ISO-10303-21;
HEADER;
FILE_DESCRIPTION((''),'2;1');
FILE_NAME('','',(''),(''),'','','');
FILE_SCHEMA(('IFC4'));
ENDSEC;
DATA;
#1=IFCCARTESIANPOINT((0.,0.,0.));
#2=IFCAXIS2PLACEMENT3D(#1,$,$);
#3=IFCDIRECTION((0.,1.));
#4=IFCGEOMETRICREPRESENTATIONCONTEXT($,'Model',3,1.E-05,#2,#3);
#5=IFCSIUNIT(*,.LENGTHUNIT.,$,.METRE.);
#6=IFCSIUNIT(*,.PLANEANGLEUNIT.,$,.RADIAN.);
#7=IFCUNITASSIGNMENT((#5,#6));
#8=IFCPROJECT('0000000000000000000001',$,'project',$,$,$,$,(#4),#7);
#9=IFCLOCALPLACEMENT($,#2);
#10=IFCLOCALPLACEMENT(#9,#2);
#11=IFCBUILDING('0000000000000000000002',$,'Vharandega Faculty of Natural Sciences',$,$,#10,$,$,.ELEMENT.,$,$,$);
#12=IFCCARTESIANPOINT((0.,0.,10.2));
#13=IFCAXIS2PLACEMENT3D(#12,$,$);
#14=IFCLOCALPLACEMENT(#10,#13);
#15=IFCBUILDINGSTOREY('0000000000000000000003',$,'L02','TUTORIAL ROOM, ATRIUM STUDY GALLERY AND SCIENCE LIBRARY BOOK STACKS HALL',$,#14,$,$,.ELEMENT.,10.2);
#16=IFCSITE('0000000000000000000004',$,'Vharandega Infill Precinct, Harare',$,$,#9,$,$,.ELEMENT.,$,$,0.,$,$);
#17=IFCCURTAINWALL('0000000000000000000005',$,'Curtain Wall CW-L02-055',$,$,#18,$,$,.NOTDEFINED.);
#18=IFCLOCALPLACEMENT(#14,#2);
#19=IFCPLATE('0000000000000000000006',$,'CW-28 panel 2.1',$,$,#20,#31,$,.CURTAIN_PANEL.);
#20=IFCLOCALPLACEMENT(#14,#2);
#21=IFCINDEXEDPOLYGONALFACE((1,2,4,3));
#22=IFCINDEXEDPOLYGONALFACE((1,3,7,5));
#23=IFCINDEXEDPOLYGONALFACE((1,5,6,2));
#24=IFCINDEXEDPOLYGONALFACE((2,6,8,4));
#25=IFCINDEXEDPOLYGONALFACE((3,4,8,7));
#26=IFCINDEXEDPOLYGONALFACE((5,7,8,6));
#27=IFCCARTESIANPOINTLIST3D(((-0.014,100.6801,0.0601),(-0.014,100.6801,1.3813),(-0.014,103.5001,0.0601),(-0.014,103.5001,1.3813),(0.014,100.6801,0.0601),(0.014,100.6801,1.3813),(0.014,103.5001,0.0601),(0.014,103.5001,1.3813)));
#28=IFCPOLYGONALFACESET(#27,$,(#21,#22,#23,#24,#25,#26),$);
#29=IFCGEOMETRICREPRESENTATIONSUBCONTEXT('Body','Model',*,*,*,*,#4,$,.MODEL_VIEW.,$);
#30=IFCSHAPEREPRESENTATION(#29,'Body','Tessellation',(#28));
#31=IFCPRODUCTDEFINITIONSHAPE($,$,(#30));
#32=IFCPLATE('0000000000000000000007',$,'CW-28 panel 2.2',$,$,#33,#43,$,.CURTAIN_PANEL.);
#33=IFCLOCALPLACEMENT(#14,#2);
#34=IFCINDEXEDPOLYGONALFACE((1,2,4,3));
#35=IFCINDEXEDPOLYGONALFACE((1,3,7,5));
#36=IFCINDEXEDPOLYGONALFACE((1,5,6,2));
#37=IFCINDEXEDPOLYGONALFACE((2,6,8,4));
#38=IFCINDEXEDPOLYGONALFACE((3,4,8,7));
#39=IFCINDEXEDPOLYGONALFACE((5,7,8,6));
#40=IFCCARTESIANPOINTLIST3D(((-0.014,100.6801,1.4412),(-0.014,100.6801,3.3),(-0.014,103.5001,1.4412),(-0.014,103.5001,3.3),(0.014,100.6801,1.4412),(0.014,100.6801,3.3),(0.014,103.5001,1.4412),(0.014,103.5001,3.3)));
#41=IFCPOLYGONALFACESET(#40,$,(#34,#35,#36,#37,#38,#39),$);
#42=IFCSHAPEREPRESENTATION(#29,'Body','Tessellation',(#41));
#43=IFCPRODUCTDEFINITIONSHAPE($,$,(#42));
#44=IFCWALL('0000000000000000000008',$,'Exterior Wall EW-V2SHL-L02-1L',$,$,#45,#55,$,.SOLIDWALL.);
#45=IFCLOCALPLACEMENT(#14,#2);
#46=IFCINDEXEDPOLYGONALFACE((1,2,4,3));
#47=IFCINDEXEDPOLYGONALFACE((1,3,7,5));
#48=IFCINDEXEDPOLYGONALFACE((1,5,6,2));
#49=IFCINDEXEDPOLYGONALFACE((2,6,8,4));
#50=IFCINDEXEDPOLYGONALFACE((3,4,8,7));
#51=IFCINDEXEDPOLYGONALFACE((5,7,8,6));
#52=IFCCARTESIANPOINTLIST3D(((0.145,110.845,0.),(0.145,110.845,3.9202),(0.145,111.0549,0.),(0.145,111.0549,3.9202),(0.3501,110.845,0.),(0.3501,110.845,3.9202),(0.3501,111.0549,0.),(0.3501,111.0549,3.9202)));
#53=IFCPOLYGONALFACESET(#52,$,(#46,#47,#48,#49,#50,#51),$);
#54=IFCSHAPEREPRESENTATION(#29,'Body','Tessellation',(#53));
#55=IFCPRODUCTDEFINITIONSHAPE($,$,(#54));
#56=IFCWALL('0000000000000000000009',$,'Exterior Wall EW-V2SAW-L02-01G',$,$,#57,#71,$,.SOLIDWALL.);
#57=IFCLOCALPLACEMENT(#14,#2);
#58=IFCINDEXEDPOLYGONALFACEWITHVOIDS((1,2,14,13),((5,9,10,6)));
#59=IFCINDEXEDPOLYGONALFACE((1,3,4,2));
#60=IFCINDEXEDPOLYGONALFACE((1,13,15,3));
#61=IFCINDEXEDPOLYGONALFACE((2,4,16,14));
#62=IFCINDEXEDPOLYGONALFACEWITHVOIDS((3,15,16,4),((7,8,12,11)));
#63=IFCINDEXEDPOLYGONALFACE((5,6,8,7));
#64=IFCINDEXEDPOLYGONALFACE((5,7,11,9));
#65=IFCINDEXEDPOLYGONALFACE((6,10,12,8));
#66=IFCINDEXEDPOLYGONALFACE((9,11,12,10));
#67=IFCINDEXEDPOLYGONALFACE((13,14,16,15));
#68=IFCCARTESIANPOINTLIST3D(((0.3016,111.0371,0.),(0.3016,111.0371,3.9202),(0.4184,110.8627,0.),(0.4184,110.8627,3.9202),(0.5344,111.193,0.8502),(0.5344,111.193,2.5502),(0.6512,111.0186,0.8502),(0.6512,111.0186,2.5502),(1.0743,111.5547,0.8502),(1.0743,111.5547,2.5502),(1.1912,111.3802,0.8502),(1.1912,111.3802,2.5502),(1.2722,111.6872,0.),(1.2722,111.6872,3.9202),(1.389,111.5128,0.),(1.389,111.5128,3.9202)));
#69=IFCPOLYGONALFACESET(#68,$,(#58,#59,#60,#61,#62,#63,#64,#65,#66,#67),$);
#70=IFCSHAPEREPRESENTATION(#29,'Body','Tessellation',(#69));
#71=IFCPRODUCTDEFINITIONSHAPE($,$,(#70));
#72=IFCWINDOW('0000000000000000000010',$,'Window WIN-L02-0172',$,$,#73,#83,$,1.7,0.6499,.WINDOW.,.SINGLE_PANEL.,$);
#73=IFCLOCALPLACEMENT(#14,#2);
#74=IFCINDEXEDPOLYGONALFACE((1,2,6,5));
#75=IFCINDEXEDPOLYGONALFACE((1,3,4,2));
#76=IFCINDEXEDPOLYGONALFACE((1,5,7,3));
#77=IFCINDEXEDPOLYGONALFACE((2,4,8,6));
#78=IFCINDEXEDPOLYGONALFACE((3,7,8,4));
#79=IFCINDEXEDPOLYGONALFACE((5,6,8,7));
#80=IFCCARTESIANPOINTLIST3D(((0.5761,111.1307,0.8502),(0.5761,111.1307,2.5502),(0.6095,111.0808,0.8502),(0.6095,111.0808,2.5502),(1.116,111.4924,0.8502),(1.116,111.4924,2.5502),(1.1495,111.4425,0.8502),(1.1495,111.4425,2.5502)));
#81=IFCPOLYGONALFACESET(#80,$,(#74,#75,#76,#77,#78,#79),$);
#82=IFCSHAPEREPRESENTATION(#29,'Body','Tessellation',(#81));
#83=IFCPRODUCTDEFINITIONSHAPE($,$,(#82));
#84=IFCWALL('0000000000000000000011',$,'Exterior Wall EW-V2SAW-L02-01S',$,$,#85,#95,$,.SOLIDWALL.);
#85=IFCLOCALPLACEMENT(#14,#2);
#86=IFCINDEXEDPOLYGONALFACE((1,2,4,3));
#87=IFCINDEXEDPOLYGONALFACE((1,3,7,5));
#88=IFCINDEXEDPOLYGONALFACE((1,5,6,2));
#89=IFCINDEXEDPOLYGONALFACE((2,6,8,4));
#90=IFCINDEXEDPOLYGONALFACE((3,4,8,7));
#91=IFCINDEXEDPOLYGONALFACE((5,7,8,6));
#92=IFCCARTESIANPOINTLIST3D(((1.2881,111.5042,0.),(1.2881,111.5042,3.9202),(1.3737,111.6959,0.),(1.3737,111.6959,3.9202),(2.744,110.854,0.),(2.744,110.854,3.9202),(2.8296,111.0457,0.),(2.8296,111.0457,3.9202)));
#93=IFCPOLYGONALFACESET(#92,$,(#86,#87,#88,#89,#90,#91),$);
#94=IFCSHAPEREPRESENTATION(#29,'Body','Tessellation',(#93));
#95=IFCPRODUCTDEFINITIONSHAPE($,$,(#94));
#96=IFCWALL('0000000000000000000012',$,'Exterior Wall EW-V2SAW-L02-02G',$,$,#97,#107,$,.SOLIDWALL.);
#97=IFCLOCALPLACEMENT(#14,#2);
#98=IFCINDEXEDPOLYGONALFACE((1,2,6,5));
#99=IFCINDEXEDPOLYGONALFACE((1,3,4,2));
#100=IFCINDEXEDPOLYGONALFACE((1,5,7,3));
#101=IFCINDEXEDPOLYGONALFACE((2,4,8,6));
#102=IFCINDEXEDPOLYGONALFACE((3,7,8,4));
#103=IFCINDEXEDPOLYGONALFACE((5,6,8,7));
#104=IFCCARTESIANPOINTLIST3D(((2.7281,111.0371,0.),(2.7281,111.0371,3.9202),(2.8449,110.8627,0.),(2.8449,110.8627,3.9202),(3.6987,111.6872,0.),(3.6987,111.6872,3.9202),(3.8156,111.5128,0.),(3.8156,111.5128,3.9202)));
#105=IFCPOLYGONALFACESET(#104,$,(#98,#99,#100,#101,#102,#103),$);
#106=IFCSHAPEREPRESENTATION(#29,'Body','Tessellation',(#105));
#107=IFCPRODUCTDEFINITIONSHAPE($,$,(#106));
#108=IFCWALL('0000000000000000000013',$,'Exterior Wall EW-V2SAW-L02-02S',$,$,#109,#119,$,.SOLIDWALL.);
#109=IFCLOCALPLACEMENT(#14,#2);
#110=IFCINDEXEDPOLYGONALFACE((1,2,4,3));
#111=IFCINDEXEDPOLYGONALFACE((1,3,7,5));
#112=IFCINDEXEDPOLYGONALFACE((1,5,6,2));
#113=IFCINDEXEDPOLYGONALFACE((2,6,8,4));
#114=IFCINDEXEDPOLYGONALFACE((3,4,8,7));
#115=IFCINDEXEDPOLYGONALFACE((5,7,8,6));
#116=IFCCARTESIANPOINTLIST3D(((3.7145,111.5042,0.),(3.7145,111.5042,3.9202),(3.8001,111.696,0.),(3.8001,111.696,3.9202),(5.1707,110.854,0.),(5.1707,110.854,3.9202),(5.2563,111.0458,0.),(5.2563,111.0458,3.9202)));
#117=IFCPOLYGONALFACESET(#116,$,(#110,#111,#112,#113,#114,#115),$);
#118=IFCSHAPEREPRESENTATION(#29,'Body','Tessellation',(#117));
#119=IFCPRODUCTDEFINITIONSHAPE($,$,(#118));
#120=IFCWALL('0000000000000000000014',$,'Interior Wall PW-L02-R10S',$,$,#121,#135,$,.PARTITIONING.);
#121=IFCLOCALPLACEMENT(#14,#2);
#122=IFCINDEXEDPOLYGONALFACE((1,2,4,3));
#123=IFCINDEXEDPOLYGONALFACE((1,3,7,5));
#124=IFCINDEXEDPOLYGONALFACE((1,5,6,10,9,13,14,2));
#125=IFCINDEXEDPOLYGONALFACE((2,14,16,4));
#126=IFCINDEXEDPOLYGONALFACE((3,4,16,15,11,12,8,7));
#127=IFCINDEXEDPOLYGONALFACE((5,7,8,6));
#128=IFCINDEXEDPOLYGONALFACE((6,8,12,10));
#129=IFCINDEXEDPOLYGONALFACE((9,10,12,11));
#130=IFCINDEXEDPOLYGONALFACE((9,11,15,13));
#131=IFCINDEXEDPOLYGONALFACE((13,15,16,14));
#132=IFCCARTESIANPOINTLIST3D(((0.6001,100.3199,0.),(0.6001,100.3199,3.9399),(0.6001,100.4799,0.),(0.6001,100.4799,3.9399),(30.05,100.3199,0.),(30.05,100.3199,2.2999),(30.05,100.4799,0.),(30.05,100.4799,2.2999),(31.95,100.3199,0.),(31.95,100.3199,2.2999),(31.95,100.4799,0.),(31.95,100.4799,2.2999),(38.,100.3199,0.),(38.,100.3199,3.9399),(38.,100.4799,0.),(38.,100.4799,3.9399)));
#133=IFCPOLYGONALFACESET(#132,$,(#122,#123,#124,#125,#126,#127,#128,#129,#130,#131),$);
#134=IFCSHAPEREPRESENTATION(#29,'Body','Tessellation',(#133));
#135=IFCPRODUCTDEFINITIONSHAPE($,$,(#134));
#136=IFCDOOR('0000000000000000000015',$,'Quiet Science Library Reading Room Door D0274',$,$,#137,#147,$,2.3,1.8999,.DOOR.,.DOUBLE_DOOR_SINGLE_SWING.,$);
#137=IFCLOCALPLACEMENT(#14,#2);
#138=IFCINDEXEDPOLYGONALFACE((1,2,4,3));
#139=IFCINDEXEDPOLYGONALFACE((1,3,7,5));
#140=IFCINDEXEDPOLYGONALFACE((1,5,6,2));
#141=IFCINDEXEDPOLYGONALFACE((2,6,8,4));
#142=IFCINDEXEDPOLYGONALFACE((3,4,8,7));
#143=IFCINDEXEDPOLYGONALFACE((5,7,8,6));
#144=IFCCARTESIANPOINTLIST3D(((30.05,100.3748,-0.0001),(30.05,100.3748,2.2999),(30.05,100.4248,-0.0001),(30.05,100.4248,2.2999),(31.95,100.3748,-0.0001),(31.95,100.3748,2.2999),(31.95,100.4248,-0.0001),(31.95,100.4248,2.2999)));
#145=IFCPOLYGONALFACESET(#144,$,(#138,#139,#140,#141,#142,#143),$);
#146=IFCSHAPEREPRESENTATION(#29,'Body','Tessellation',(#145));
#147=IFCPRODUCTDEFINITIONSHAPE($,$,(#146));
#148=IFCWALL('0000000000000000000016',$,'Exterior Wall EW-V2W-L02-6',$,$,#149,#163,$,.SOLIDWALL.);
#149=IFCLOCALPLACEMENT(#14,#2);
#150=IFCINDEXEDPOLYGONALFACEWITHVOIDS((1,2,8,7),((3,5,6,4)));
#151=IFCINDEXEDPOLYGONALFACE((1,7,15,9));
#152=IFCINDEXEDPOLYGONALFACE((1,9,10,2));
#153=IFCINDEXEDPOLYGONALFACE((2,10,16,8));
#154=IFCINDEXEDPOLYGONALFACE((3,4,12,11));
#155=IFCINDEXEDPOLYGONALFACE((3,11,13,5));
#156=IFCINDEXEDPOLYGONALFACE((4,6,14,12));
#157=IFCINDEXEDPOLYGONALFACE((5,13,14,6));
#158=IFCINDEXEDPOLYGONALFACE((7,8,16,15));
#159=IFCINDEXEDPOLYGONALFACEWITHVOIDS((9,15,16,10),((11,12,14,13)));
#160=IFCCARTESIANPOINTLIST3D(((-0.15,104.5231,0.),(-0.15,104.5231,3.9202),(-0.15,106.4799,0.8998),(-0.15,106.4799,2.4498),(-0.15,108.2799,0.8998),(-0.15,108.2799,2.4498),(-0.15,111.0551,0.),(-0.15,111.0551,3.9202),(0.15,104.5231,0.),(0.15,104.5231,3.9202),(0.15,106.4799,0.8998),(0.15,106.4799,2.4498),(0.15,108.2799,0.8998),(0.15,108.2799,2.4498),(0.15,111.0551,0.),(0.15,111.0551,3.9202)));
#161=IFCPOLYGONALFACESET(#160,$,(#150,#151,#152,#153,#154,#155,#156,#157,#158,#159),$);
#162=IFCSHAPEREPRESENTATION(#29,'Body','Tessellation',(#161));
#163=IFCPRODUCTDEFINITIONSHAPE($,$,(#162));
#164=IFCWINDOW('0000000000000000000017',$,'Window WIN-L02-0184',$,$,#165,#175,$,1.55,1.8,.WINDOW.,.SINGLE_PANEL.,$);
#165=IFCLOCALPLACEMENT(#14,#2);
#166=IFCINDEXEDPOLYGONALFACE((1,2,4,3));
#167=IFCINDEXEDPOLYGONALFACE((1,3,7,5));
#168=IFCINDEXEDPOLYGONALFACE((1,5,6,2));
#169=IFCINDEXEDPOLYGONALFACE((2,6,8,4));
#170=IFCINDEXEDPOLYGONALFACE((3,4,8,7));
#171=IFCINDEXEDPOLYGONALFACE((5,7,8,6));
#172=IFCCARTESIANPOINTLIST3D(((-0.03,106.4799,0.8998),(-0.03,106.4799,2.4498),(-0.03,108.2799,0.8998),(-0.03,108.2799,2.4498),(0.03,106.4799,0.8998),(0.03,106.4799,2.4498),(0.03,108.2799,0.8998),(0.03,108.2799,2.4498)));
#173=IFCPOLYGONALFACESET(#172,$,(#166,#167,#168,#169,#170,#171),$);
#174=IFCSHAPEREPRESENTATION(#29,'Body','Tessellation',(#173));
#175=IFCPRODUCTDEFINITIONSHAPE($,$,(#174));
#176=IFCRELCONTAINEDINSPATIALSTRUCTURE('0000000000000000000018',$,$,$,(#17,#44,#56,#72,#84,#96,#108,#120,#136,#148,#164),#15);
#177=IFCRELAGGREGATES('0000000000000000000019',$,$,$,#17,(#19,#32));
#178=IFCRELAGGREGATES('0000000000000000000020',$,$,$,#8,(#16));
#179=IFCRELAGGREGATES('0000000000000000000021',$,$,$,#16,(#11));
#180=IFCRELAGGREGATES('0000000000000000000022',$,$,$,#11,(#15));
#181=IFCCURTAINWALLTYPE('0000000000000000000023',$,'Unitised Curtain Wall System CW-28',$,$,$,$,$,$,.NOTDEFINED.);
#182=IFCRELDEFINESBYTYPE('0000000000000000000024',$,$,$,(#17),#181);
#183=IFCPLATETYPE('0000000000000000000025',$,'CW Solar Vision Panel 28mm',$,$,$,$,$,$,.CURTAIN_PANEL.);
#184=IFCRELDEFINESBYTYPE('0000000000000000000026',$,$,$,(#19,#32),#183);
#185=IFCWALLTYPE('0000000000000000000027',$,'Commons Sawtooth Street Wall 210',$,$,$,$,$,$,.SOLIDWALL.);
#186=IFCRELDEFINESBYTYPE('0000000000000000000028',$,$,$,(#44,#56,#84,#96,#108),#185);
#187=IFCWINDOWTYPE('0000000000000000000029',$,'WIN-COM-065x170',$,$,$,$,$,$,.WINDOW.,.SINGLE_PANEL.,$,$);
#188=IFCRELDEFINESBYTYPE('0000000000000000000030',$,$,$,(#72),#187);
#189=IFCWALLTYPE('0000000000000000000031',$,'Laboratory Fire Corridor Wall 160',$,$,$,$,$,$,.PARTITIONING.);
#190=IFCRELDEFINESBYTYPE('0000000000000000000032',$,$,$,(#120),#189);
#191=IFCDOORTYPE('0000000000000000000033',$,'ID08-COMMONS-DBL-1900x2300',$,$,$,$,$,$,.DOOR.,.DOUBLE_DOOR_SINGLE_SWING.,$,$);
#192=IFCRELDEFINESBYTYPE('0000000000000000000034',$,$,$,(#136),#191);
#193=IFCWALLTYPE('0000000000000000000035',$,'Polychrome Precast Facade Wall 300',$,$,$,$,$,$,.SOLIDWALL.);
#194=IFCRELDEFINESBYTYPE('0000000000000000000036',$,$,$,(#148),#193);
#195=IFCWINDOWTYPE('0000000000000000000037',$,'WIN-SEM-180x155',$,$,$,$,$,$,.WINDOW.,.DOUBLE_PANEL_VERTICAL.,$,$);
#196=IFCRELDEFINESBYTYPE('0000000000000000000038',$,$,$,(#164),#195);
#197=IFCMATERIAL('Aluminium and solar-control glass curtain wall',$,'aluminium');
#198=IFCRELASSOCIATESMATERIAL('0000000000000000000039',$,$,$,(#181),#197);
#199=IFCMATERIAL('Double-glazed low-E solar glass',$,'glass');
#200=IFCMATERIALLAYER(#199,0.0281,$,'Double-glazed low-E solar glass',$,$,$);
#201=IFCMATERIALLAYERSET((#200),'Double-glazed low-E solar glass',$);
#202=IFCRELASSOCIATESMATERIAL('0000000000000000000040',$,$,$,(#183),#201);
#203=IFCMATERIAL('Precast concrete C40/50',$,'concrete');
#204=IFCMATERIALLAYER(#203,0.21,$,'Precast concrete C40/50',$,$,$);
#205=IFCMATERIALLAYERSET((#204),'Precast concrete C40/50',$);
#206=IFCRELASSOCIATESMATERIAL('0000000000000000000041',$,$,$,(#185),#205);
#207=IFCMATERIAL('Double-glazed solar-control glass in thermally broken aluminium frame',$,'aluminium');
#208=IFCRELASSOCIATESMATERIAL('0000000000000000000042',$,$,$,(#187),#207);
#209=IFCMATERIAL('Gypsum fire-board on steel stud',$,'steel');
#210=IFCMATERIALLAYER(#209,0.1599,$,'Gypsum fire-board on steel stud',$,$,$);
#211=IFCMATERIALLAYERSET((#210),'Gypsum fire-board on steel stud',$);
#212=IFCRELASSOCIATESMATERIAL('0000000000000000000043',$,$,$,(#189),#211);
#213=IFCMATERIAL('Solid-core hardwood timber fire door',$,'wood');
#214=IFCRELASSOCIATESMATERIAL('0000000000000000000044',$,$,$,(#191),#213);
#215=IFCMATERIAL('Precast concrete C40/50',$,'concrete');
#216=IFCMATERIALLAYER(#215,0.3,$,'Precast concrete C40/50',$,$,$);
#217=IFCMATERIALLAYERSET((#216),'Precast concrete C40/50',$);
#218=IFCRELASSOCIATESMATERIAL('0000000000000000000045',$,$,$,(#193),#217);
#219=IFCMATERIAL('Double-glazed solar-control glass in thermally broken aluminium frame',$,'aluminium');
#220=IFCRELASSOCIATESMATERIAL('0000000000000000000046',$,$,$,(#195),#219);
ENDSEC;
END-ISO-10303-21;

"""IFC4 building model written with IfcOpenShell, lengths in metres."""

from ifc_helpers import new_model, si_unit, direction, frame, frame_2d, origin, origin_2d, place, context, subcontext, project, spatial, rectangle, extrude, material, layer, layer_set, type_object, element, fill, aggregate, save


model = new_model("IFC4")

# Units and contexts
model_context = context("Model", 3, precision=1e-05, world=origin(), true_north=direction((0.0, 1.0)))
body_context = subcontext(model_context, "Body", "Model", "MODEL_VIEW")
ifc_project = project(units=[si_unit("LENGTHUNIT", "METRE"), si_unit("PLANEANGLEUNIT", "RADIAN")], contexts=[model_context])

# Site, building, storey
site_placement = place(None, origin())
site = spatial("IfcSite", under=ifc_project, at=site_placement, Name="Vharandega Infill Precinct, Harare", CompositionType="ELEMENT", RefElevation=0.0)
building_placement = place(site_placement, origin())
building = spatial("IfcBuilding", under=site, at=building_placement, Name="Vharandega Faculty of Natural Sciences", CompositionType="ELEMENT")
storey_placement = place(building_placement, frame((0.0, 0.0, 10.2)))
storey = spatial("IfcBuildingStorey", under=building, at=storey_placement, Name="L02", Description="TUTORIAL ROOM, ATRIUM STUDY GALLERY AND SCIENCE LIBRARY BOOK STACKS HALL", CompositionType="ELEMENT", Elevation=10.2)

# Curtain wall
ifc_material_1 = material(Name="Aluminium and solar-control glass curtain wall", Category="aluminium")
curtain_wall_type = type_object("IfcCurtainWallType", Name="Unitised Curtain Wall System CW-28", PredefinedType="NOTDEFINED", material=ifc_material_1)
curtain_wall_placement = place(storey_placement, origin())
curtain_wall = element("IfcCurtainWall", 1, at=curtain_wall_placement, inside=storey, type_object=curtain_wall_type, Name="Curtain Wall CW-L02-055", PredefinedType="NOTDEFINED")

# Plates
ifc_material_2 = material(Name="Double-glazed low-E solar glass", Category="glass")
ifc_layer_1 = layer(ifc_material_2, 0.0281, Name="Double-glazed low-E solar glass")
ifc_layer_set_1 = layer_set([ifc_layer_1], Name="Double-glazed low-E solar glass")
plate_type = type_object("IfcPlateType", Name="CW Solar Vision Panel 28mm", PredefinedType="CURTAIN_PANEL", material=ifc_layer_set_1)
plate_1_placement = place(storey_placement, frame((0.0, 102.0901, 0.0601), z_axis=(0.0, 0.0, 1.0), x_axis=(0.0, 1.0, 0.0)))
plate_1 = element("IfcPlate", 2, at=plate_1_placement, type_object=plate_type, Name="CW-28 panel 2.1", PredefinedType="CURTAIN_PANEL", context=body_context, shape_type="SweptSolid", body=[
    extrude(rectangle(XDim=2.8201, YDim=0.0281, at=origin_2d()), origin(), (0.0, 0.0, 1.0), 1.3213),
])
plate_2_placement = place(storey_placement, frame((0.0, 102.0901, 1.4412), z_axis=(0.0, 0.0, 1.0), x_axis=(0.0, 1.0, 0.0)))
plate_2 = element("IfcPlate", 3, at=plate_2_placement, type_object=plate_type, Name="CW-28 panel 2.2", PredefinedType="CURTAIN_PANEL", context=body_context, shape_type="SweptSolid", body=[
    extrude(rectangle(XDim=2.8201, YDim=0.0281, at=origin_2d()), origin(), (0.0, 0.0, 1.0), 1.8589),
])
aggregate(curtain_wall, [plate_1, plate_2])

# Wall
ifc_material_3 = material(Name="Precast concrete C40/50", Category="concrete")
ifc_layer_2 = layer(ifc_material_3, 0.21, Name="Precast concrete C40/50")
ifc_layer_set_2 = layer_set([ifc_layer_2], Name="Precast concrete C40/50")
wall_type_1 = type_object("IfcWallType", Name="Commons Sawtooth Street Wall 210", PredefinedType="SOLIDWALL", material=ifc_layer_set_2)
wall_1_placement = place(storey_placement, frame((0.145, 110.95, 0.0), z_axis=(0.0, 0.0, 1.0), x_axis=(1.0, 0.0, 0.0)))
element("IfcWall", 4, at=wall_1_placement, inside=storey, type_object=wall_type_1, Name="Exterior Wall EW-V2SHL-L02-1L", PredefinedType="SOLIDWALL", context=body_context, shape_type="SweptSolid", body=[
    extrude(rectangle(XDim=0.2051, YDim=0.21, at=frame_2d((0.1025, 0.0))), origin(), (0.0, 0.0, 1.0), 3.9202),
])

# Wall, opening, window
wall_2_placement = place(storey_placement, frame((0.3601, 110.95, 0.0), z_axis=(0.0, 0.0, 1.0), x_axis=(0.830859, 0.556483, 0.0)))
wall_2 = element("IfcWall", 5, at=wall_2_placement, inside=storey, type_object=wall_type_1, Name="Exterior Wall EW-V2SAW-L02-01G", PredefinedType="SOLIDWALL", context=body_context, shape_type="SweptSolid", body=[
    extrude(rectangle(XDim=1.1682, YDim=0.21, at=frame_2d((0.584, 0.0))), origin(), (0.0, 0.0, 1.0), 3.9202),
])
opening_1_placement = place(wall_2_placement, frame((0.28, 0.0, 0.8501)))
opening_1 = element("IfcOpeningElement", 6, at=opening_1_placement, cuts=wall_2, PredefinedType="OPENING", context=body_context, shape_type="SweptSolid", body=[
    extrude(rectangle(XDim=0.6499, YDim=1.7, at=frame_2d((0.325, 0.8501))), frame((0.0, 0.115, 0.0), z_axis=(0.0, -1.0, 0.0), x_axis=(1.0, 0.0, 0.0)), (0.0, 0.0, 1.0), 0.23),
])
ifc_material_4 = material(Name="Double-glazed solar-control glass in thermally broken aluminium frame", Category="aluminium")
window_type_1 = type_object("IfcWindowType", Name="WIN-COM-065x170", PartitioningType="SINGLE_PANEL", PredefinedType="WINDOW", material=ifc_material_4)
window_1_placement = place(opening_1_placement, origin())
window_1 = element("IfcWindow", 7, at=window_1_placement, inside=storey, type_object=window_type_1, Name="Window WIN-L02-0172", OverallHeight=1.7, OverallWidth=0.6499, PartitioningType="SINGLE_PANEL", PredefinedType="WINDOW", context=body_context, shape_type="SweptSolid", body=[
    extrude(rectangle(XDim=0.6499, YDim=1.7, at=frame_2d((0.325, 0.8501))), frame((0.0, 0.03, 0.0), z_axis=(0.0, -1.0, 0.0), x_axis=(1.0, 0.0, 0.0)), (0.0, 0.0, 1.0), 0.0601),
])
fill(opening_1, window_1)

# Walls
wall_3_placement = place(storey_placement, frame((1.3308, 111.6001, 0.0), z_axis=(0.0, 0.0, 1.0), x_axis=(0.913084, -0.407772, 0.0)))
element("IfcWall", 8, at=wall_3_placement, inside=storey, type_object=wall_type_1, Name="Exterior Wall EW-V2SAW-L02-01S", PredefinedType="SOLIDWALL", context=body_context, shape_type="SweptSolid", body=[
    extrude(rectangle(XDim=1.5945, YDim=0.21, at=frame_2d((0.7974, 0.0))), origin(), (0.0, 0.0, 1.0), 3.9202),
])
wall_4_placement = place(storey_placement, frame((2.7866, 110.95, 0.0), z_axis=(0.0, 0.0, 1.0), x_axis=(0.830859, 0.556483, 0.0)))
element("IfcWall", 9, at=wall_4_placement, inside=storey, type_object=wall_type_1, Name="Exterior Wall EW-V2SAW-L02-02G", PredefinedType="SOLIDWALL", context=body_context, shape_type="SweptSolid", body=[
    extrude(rectangle(XDim=1.1682, YDim=0.21, at=frame_2d((0.584, 0.0))), origin(), (0.0, 0.0, 1.0), 3.9202),
])
wall_5_placement = place(storey_placement, frame((3.7573, 111.6001, 0.0), z_axis=(0.0, 0.0, 1.0), x_axis=(0.913109, -0.407715, 0.0)))
element("IfcWall", 10, at=wall_5_placement, inside=storey, type_object=wall_type_1, Name="Exterior Wall EW-V2SAW-L02-02S", PredefinedType="SOLIDWALL", context=body_context, shape_type="SweptSolid", body=[
    extrude(rectangle(XDim=1.5947, YDim=0.21, at=frame_2d((0.7974, 0.0))), origin(), (0.0, 0.0, 1.0), 3.9202),
])

# Wall, opening, door
ifc_material_5 = material(Name="Gypsum fire-board on steel stud", Category="steel")
ifc_layer_3 = layer(ifc_material_5, 0.1599, Name="Gypsum fire-board on steel stud")
ifc_layer_set_3 = layer_set([ifc_layer_3], Name="Gypsum fire-board on steel stud")
wall_type_2 = type_object("IfcWallType", Name="Laboratory Fire Corridor Wall 160", PredefinedType="PARTITIONING", material=ifc_layer_set_3)
wall_6_placement = place(storey_placement, frame((0.6001, 100.3999, 0.0), z_axis=(0.0, 0.0, 1.0), x_axis=(1.0, 0.0, 0.0)))
wall_6 = element("IfcWall", 11, at=wall_6_placement, inside=storey, type_object=wall_type_2, Name="Interior Wall PW-L02-R10S", PredefinedType="PARTITIONING", context=body_context, shape_type="SweptSolid", body=[
    extrude(rectangle(XDim=37.3999, YDim=0.1599, at=frame_2d((18.7, 0.0))), origin(), (0.0, 0.0, 1.0), 3.9399),
])
opening_2_placement = place(wall_6_placement, frame((29.45, 0.0, 0.0)))
opening_2 = element("IfcOpeningElement", 12, at=opening_2_placement, cuts=wall_6, PredefinedType="OPENING", context=body_context, shape_type="SweptSolid", body=[
    extrude(rectangle(XDim=1.8999, YDim=2.3, at=frame_2d((0.95, 1.1499))), frame((0.0, 0.0898, 0.0), z_axis=(0.0, -1.0, 0.0), x_axis=(1.0, 0.0, 0.0)), (0.0, 0.0, 1.0), 0.1799),
])
ifc_material_6 = material(Name="Solid-core hardwood timber fire door", Category="wood")
door_type = type_object("IfcDoorType", Name="ID08-COMMONS-DBL-1900x2300", OperationType="DOUBLE_DOOR_SINGLE_SWING", PredefinedType="DOOR", material=ifc_material_6)
door_placement = place(opening_2_placement, origin())
door = element("IfcDoor", 13, at=door_placement, inside=storey, type_object=door_type, Name="Quiet Science Library Reading Room Door D0274", OperationType="DOUBLE_DOOR_SINGLE_SWING", OverallHeight=2.3, OverallWidth=1.8999, PredefinedType="DOOR", context=body_context, shape_type="SweptSolid", body=[
    extrude(rectangle(XDim=1.8999, YDim=2.3, at=frame_2d((0.95, 1.1499))), frame((0.0, 0.0249, 0.0), z_axis=(0.0, -1.0, 0.0), x_axis=(1.0, 0.0, 0.0)), (0.0, 0.0, 1.0), 0.05),
])
fill(opening_2, door)

# Wall, opening, window
ifc_material_7 = material(Name="Precast concrete C40/50", Category="concrete")
ifc_layer_4 = layer(ifc_material_7, 0.3, Name="Precast concrete C40/50")
ifc_layer_set_4 = layer_set([ifc_layer_4], Name="Precast concrete C40/50")
wall_type_3 = type_object("IfcWallType", Name="Polychrome Precast Facade Wall 300", PredefinedType="SOLIDWALL", material=ifc_layer_set_4)
wall_7_placement = place(storey_placement, frame((0.0, 104.5229, 0.0), z_axis=(0.0, 0.0, 1.0), x_axis=(0.0, 1.0, 0.0)))
wall_7 = element("IfcWall", 14, at=wall_7_placement, inside=storey, type_object=wall_type_3, Name="Exterior Wall EW-V2W-L02-6", PredefinedType="SOLIDWALL", context=body_context, shape_type="SweptSolid", body=[
    extrude(rectangle(XDim=6.532, YDim=0.3, at=frame_2d((3.2661, 0.0))), origin(), (0.0, 0.0, 1.0), 3.9202),
])
opening_3_placement = place(wall_7_placement, frame((1.957, 0.0, 0.8999)))
opening_3 = element("IfcOpeningElement", 15, at=opening_3_placement, cuts=wall_7, PredefinedType="OPENING", context=body_context, shape_type="SweptSolid", body=[
    extrude(rectangle(XDim=1.8, YDim=1.55, at=frame_2d((0.8999, 0.7749))), frame((0.0, 0.1602, 0.0), z_axis=(0.0, -1.0, 0.0), x_axis=(1.0, 0.0, 0.0)), (0.0, 0.0, 1.0), 0.3201),
])
ifc_material_8 = material(Name="Double-glazed solar-control glass in thermally broken aluminium frame", Category="aluminium")
window_type_2 = type_object("IfcWindowType", Name="WIN-SEM-180x155", PartitioningType="DOUBLE_PANEL_VERTICAL", PredefinedType="WINDOW", material=ifc_material_8)
window_2_placement = place(opening_3_placement, origin())
window_2 = element("IfcWindow", 16, at=window_2_placement, inside=storey, type_object=window_type_2, Name="Window WIN-L02-0184", OverallHeight=1.55, OverallWidth=1.8, PartitioningType="SINGLE_PANEL", PredefinedType="WINDOW", context=body_context, shape_type="SweptSolid", body=[
    extrude(rectangle(XDim=1.8, YDim=1.55, at=frame_2d((0.8999, 0.7749))), frame((0.0, 0.03, 0.0), z_axis=(0.0, -1.0, 0.0), x_axis=(1.0, 0.0, 0.0)), (0.0, 0.0, 1.0), 0.0601),
])
fill(opening_3, window_2)

save(model, "model.ifc")
